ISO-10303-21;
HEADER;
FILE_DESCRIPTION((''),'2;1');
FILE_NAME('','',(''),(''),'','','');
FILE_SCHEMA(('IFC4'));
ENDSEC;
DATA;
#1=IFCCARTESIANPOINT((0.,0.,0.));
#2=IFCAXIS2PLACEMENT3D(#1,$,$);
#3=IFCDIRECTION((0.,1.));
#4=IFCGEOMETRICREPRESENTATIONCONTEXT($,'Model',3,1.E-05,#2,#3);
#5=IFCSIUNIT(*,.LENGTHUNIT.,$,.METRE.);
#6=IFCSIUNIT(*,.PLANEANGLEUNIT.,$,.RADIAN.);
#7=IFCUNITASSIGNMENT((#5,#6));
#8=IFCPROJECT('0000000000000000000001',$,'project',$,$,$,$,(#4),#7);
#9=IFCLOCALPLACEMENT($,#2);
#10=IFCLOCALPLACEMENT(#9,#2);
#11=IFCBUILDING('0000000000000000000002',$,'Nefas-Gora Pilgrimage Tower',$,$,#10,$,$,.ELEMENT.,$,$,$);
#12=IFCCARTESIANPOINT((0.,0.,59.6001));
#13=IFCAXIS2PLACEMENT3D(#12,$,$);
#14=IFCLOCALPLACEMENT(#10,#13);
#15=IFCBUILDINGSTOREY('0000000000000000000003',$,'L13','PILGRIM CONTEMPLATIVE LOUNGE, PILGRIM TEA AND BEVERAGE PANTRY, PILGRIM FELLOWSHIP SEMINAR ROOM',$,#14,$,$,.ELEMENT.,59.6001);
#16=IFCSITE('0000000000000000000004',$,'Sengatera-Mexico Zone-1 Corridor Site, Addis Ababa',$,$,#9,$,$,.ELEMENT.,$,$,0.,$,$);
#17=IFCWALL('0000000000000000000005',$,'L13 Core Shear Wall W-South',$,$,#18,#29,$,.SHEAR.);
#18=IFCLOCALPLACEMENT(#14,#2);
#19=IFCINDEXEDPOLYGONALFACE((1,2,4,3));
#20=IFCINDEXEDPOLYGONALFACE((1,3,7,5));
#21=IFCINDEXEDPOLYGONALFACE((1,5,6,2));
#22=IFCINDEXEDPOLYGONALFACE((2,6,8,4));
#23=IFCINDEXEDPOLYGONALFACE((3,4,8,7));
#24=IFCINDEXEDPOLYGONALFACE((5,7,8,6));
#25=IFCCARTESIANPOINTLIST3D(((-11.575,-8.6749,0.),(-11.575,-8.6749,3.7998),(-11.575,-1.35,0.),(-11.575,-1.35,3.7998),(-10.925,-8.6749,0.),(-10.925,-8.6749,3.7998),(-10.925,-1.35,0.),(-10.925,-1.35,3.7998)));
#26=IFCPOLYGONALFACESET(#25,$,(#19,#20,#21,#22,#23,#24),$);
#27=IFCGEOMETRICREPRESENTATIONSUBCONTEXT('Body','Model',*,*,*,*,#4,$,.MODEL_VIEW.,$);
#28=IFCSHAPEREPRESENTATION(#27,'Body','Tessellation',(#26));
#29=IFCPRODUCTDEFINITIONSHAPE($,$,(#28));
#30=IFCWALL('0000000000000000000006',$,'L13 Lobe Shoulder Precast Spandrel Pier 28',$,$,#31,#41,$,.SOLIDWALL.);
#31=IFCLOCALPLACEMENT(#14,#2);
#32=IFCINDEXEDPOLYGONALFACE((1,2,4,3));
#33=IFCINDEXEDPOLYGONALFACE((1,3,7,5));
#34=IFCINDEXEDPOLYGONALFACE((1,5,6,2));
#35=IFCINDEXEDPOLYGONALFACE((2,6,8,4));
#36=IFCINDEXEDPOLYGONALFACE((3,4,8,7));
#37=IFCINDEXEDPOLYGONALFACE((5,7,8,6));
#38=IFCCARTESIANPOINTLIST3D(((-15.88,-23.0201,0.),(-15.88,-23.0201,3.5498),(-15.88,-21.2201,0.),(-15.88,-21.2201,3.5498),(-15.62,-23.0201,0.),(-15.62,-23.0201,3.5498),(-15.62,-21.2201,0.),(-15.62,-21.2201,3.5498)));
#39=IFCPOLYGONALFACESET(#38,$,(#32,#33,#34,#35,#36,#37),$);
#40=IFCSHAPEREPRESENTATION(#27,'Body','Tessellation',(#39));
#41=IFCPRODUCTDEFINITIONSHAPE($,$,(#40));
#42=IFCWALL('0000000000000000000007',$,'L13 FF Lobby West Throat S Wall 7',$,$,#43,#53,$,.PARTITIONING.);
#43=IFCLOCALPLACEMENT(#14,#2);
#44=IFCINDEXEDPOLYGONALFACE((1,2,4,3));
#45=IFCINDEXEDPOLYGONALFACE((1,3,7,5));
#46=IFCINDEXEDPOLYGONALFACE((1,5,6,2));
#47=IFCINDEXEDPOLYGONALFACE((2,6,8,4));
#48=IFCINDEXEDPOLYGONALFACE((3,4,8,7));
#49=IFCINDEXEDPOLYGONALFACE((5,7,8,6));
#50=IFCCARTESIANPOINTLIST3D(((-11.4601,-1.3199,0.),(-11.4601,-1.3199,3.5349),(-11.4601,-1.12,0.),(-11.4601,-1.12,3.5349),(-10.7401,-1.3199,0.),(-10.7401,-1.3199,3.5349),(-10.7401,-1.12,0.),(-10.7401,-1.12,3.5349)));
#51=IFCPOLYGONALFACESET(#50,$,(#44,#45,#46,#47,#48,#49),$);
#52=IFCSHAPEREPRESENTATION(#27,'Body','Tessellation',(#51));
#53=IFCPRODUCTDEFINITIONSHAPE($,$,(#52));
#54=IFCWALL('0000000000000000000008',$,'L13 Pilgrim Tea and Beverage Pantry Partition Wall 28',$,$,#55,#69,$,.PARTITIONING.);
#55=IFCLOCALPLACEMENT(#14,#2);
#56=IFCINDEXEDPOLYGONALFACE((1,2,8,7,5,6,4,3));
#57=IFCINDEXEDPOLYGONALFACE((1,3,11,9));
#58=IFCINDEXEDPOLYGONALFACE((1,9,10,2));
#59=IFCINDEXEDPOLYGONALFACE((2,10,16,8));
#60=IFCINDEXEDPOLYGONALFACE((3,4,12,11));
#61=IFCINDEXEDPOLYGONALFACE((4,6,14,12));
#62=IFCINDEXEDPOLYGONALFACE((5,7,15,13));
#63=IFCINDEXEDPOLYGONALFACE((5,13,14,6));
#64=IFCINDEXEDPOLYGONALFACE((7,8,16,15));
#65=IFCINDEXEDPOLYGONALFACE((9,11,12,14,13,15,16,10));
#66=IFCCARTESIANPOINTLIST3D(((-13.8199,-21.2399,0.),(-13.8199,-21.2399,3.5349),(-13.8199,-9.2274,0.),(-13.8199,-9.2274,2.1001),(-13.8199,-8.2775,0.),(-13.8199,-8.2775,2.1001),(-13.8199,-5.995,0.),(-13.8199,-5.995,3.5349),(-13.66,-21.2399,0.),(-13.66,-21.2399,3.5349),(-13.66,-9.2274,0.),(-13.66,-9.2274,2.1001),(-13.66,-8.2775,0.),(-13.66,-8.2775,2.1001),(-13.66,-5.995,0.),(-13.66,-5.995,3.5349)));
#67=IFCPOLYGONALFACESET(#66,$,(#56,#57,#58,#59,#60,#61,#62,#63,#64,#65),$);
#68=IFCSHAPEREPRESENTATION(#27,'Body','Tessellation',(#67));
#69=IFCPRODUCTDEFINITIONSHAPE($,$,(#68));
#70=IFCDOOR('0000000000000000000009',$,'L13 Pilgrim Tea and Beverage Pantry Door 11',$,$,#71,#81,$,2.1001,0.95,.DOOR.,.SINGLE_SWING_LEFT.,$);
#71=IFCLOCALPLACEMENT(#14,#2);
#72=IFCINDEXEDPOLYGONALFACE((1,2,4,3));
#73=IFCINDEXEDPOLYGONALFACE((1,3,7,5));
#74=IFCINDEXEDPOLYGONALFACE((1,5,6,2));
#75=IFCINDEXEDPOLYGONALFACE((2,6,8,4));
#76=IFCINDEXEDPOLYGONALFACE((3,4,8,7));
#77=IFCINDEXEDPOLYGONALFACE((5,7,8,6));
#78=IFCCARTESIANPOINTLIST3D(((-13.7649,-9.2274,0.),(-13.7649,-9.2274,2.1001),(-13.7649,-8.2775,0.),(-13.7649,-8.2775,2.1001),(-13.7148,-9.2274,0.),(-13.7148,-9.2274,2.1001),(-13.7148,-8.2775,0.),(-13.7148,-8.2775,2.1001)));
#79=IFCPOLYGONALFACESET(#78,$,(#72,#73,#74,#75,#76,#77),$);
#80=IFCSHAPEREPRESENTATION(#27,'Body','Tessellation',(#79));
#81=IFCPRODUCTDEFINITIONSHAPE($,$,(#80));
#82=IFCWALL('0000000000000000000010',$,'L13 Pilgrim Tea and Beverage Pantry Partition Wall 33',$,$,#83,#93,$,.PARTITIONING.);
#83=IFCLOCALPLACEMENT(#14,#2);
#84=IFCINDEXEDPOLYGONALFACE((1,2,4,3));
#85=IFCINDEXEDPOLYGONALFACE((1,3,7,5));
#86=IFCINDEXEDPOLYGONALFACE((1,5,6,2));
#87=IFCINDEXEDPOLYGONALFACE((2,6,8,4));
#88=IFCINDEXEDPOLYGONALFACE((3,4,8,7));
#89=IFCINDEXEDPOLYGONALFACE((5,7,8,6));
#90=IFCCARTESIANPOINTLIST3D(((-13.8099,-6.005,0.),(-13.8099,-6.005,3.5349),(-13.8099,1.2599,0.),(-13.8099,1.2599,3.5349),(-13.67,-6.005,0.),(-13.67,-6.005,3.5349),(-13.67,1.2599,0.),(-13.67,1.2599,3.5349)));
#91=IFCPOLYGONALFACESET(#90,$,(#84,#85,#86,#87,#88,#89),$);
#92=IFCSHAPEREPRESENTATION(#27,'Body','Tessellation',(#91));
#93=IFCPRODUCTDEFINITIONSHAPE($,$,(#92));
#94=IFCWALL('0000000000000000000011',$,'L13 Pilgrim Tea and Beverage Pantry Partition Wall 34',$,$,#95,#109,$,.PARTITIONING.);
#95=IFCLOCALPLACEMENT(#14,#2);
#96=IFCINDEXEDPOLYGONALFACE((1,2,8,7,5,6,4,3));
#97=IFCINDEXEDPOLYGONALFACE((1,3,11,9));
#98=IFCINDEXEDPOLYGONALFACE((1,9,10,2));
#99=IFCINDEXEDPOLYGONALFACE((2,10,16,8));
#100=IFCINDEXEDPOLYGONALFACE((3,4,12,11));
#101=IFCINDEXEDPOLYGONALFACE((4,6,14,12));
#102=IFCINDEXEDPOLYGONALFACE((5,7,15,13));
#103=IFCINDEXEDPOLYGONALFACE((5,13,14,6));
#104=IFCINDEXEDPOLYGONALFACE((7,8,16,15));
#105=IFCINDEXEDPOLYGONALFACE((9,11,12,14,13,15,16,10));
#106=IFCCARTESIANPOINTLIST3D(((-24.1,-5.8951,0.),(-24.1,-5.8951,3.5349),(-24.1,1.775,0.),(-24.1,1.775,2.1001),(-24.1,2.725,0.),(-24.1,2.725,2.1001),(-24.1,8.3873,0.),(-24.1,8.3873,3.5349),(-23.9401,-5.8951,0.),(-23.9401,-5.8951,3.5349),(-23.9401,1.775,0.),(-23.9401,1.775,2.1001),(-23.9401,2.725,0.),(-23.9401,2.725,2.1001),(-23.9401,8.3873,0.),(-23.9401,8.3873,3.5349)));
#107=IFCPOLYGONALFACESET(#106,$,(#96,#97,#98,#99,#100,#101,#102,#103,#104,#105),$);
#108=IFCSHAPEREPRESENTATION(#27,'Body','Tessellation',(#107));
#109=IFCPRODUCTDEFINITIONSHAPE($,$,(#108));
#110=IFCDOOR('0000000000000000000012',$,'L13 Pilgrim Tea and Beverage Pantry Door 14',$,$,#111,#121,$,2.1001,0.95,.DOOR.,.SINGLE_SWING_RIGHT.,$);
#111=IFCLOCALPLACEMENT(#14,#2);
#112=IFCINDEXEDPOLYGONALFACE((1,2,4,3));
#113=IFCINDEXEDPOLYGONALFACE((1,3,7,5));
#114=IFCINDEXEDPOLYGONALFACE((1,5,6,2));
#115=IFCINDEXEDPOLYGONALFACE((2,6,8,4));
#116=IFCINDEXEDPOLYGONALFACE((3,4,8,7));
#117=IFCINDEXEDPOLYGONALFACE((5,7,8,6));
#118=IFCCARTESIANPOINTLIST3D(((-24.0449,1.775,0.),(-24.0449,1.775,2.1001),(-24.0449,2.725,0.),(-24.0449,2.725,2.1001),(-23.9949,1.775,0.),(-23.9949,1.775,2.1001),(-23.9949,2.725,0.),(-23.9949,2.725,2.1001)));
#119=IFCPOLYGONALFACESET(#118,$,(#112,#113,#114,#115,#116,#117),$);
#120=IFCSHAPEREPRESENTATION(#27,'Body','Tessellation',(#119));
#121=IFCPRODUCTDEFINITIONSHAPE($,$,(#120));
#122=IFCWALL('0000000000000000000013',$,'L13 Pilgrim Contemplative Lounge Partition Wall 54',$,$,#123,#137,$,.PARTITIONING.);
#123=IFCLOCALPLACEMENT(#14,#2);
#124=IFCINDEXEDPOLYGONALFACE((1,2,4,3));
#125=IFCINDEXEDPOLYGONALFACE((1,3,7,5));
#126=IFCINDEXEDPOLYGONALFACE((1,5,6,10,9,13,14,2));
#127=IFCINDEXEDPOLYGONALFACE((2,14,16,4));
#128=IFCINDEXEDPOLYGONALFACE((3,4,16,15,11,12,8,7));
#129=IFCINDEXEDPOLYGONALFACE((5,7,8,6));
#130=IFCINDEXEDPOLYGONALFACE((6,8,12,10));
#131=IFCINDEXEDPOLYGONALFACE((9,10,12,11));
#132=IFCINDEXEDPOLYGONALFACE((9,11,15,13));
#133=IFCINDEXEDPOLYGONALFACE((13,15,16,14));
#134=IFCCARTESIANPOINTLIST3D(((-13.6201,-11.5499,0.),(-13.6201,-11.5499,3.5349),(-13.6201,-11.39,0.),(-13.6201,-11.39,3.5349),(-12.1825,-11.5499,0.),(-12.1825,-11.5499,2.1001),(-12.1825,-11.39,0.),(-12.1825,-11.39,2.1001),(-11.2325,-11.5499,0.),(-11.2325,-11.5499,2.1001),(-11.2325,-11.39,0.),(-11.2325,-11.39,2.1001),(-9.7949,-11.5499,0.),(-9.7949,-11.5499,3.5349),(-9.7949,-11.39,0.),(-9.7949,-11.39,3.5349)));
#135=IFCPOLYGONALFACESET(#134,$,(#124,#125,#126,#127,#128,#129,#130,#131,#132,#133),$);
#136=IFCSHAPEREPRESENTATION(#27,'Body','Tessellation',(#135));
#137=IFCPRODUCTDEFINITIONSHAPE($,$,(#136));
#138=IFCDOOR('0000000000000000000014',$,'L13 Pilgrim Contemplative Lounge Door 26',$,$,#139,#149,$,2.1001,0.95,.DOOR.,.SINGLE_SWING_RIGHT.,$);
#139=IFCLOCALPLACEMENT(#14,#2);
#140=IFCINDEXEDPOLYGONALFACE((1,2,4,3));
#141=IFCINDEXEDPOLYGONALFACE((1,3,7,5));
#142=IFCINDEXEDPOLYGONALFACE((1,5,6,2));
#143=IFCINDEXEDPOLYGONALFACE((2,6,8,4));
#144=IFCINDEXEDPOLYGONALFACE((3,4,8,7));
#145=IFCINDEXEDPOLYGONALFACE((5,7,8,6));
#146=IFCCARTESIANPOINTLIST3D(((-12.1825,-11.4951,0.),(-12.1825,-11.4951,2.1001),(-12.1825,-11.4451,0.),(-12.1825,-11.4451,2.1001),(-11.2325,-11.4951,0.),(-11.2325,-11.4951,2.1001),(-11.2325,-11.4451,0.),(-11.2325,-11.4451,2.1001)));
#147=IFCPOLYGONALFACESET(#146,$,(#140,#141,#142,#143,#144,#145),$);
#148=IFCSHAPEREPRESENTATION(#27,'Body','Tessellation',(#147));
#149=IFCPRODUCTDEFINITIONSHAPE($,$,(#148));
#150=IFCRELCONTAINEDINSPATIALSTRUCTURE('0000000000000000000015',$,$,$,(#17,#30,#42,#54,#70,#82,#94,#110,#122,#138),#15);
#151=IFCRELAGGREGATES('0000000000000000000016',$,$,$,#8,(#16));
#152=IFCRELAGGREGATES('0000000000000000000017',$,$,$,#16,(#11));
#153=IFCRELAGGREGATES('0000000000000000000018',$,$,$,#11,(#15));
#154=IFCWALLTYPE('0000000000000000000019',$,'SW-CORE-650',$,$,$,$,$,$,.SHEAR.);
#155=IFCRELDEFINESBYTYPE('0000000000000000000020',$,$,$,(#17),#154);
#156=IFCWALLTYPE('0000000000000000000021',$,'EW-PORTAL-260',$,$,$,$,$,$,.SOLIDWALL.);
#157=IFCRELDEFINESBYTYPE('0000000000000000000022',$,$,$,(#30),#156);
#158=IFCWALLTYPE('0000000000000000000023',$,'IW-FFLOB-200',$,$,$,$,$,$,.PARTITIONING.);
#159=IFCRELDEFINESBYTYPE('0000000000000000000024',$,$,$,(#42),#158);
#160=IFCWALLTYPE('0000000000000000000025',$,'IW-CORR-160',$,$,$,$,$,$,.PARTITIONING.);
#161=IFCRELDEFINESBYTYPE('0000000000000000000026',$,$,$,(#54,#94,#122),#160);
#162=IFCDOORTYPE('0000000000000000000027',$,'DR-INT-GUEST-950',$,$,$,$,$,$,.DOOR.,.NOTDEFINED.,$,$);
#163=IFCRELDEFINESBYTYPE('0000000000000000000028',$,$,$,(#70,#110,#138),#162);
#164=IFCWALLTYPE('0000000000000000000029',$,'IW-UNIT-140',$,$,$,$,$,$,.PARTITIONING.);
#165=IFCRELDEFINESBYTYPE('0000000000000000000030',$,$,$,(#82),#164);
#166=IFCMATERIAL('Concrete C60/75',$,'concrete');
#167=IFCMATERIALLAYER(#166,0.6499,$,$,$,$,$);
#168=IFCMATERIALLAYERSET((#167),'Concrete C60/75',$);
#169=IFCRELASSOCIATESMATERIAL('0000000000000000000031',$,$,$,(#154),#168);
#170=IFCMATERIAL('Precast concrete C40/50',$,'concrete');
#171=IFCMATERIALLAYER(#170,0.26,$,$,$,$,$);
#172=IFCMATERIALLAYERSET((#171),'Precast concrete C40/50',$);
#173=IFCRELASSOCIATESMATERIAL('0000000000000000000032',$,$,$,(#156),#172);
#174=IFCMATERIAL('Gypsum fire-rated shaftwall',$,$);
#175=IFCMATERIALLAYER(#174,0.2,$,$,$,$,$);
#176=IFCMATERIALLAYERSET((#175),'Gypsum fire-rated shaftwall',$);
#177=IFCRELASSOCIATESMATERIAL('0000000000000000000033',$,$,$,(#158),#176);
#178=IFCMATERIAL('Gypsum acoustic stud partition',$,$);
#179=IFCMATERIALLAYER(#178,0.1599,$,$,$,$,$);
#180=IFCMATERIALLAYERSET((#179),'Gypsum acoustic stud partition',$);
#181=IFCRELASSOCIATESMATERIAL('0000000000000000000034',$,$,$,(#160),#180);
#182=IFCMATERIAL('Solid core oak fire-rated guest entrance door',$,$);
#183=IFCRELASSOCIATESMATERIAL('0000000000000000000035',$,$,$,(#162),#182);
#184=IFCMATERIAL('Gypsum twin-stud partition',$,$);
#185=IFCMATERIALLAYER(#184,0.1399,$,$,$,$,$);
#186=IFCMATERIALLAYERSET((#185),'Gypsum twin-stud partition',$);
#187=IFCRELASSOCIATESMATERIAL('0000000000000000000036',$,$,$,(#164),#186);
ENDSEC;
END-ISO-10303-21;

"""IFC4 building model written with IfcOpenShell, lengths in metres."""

from ifc_helpers import new_model, si_unit, direction, frame, frame_2d, origin, place, context, subcontext, project, spatial, rectangle, extrude, source, transform, mapped, material, layer, layer_set, type_object, element, fill, save


model = new_model("IFC4")

# Units and contexts
model_context = context("Model", 3, precision=1e-05, world=origin(), true_north=direction((0.0, 1.0)))
body_context = subcontext(model_context, "Body", "Model", "MODEL_VIEW")
ifc_project = project(units=[si_unit("LENGTHUNIT", "METRE"), si_unit("PLANEANGLEUNIT", "RADIAN")], contexts=[model_context])

# Site, building, storey
site_placement = place(None, origin())
site = spatial("IfcSite", under=ifc_project, at=site_placement, Name="Sengatera-Mexico Zone-1 Corridor Site, Addis Ababa", CompositionType="ELEMENT", RefElevation=0.0)
building_placement = place(site_placement, origin())
building = spatial("IfcBuilding", under=site, at=building_placement, Name="Nefas-Gora Pilgrimage Tower", CompositionType="ELEMENT")
storey_placement = place(building_placement, frame((0.0, 0.0, 59.6001)))
storey = spatial("IfcBuildingStorey", under=building, at=storey_placement, Name="L13", Description="PILGRIM CONTEMPLATIVE LOUNGE, PILGRIM TEA AND BEVERAGE PANTRY, PILGRIM FELLOWSHIP SEMINAR ROOM", CompositionType="ELEMENT", Elevation=59.6001)

# Shared definitions
ifc_material_1 = material(Name="Concrete C60/75", Category="concrete")

# Walls
ifc_layer_1 = layer(ifc_material_1, 0.6499)
ifc_layer_set_1 = layer_set([ifc_layer_1], Name="Concrete C60/75")
wall_type_1 = type_object("IfcWallType", Name="SW-CORE-650", PredefinedType="SHEAR", material=ifc_layer_set_1)
shared_shape_1 = source(origin(), body_context, "Body", "SweptSolid", [
    extrude(rectangle(XDim=7.325, YDim=0.6499, at=frame_2d((3.6626, 0.0))), origin(), (0.0, 0.0, 1.0), 3.7998),
])
wall_1_placement = place(storey_placement, frame((-11.25, -8.675, 0.0), z_axis=(0.0, 0.0, 1.0), x_axis=(0.0, 1.0, 0.0)))
element("IfcWall", 1, at=wall_1_placement, inside=storey, type_object=wall_type_1, Name="L13 Core Shear Wall W-South", PredefinedType="SHEAR", context=body_context, shape_type="MappedRepresentation", body=[
    mapped(shared_shape_1, transform((0.0, 0.0, 0.0), x_axis=(1.0, 0.0, 0.0), y_axis=(0.0, 1.0, 0.0), z_axis=(0.0, 0.0, 1.0), scale=1.0)),
])
ifc_material_2 = material(Name="Precast concrete C40/50", Category="concrete")
ifc_layer_2 = layer(ifc_material_2, 0.26)
ifc_layer_set_2 = layer_set([ifc_layer_2], Name="Precast concrete C40/50")
wall_type_2 = type_object("IfcWallType", Name="EW-PORTAL-260", PredefinedType="SOLIDWALL", material=ifc_layer_set_2)
shared_shape_2 = source(origin(), body_context, "Body", "SweptSolid", [
    extrude(rectangle(XDim=1.8, YDim=0.26, at=frame_2d((0.8999, 0.0))), origin(), (0.0, 0.0, 1.0), 3.5498),
])
wall_2_placement = place(storey_placement, frame((-15.75, -23.02, 0.0), z_axis=(0.0, 0.0, 1.0), x_axis=(0.0, 1.0, 0.0)))
element("IfcWall", 2, at=wall_2_placement, inside=storey, type_object=wall_type_2, Name="L13 Lobe Shoulder Precast Spandrel Pier 28", PredefinedType="SOLIDWALL", context=body_context, shape_type="MappedRepresentation", body=[
    mapped(shared_shape_2, transform((0.0, 0.0, 0.0), x_axis=(1.0, 0.0, 0.0), y_axis=(0.0, 1.0, 0.0), z_axis=(0.0, 0.0, 1.0), scale=1.0)),
])
ifc_material_3 = material(Name="Gypsum fire-rated shaftwall")
ifc_layer_3 = layer(ifc_material_3, 0.2)
ifc_layer_set_3 = layer_set([ifc_layer_3], Name="Gypsum fire-rated shaftwall")
wall_type_3 = type_object("IfcWallType", Name="IW-FFLOB-200", PredefinedType="PARTITIONING", material=ifc_layer_set_3)
shared_shape_3 = source(origin(), body_context, "Body", "SweptSolid", [
    extrude(rectangle(XDim=0.72, YDim=0.2, at=frame_2d((0.3599, 0.0))), origin(), (0.0, 0.0, 1.0), 3.5349),
])
wall_3_placement = place(storey_placement, frame((-11.46, -1.22, 0.0), z_axis=(0.0, 0.0, 1.0), x_axis=(1.0, 0.0, 0.0)))
element("IfcWall", 3, at=wall_3_placement, inside=storey, type_object=wall_type_3, Name="L13 FF Lobby West Throat S Wall 7", PredefinedType="PARTITIONING", context=body_context, shape_type="MappedRepresentation", body=[
    mapped(shared_shape_3, transform((0.0, 0.0, 0.0), x_axis=(1.0, 0.0, 0.0), y_axis=(0.0, 1.0, 0.0), z_axis=(0.0, 0.0, 1.0), scale=1.0)),
])

# Wall, opening, door
ifc_material_4 = material(Name="Gypsum acoustic stud partition")
ifc_layer_4 = layer(ifc_material_4, 0.1599)
ifc_layer_set_4 = layer_set([ifc_layer_4], Name="Gypsum acoustic stud partition")
wall_type_4 = type_object("IfcWallType", Name="IW-CORR-160", PredefinedType="PARTITIONING", material=ifc_layer_set_4)
shared_shape_4 = source(origin(), body_context, "Body", "SweptSolid", [
    extrude(rectangle(XDim=15.2449, YDim=0.1599, at=frame_2d((7.6226, 0.0))), origin(), (0.0, 0.0, 1.0), 3.5349),
])
wall_4_placement = place(storey_placement, frame((-13.74, -21.24, 0.0), z_axis=(0.0, 0.0, 1.0), x_axis=(0.0, 1.0, 0.0)))
wall_4 = element("IfcWall", 4, at=wall_4_placement, inside=storey, type_object=wall_type_4, Name="L13 Pilgrim Tea and Beverage Pantry Partition Wall 28", PredefinedType="PARTITIONING", context=body_context, shape_type="MappedRepresentation", body=[
    mapped(shared_shape_4, transform((0.0, 0.0, 0.0), x_axis=(1.0, 0.0, 0.0), y_axis=(0.0, 1.0, 0.0), z_axis=(0.0, 0.0, 1.0), scale=1.0)),
])
opening_1_placement = place(wall_4_placement, frame((12.0125, 0.0, 0.0)))
opening_1 = element("IfcOpeningElement", 5, at=opening_1_placement, cuts=wall_4, PredefinedType="OPENING", context=body_context, shape_type="SweptSolid", body=[
    extrude(rectangle(XDim=0.95, YDim=2.1001, at=frame_2d((0.4751, 1.05))), frame((0.0, 0.0898, 0.0), z_axis=(0.0, -1.0, 0.0), x_axis=(1.0, 0.0, 0.0)), (0.0, 0.0, 1.0), 0.1799),
])
ifc_material_5 = material(Name="Solid core oak fire-rated guest entrance door")
door_type_1 = type_object("IfcDoorType", Name="DR-INT-GUEST-950", OperationType="NOTDEFINED", PredefinedType="DOOR", material=ifc_material_5)
shared_shape_5 = source(origin(), body_context, "Body", "SweptSolid", [
    extrude(rectangle(XDim=0.95, YDim=2.1001, at=frame_2d((0.4751, 1.05))), frame((0.0, 0.0249, 0.0), z_axis=(0.0, -1.0, 0.0), x_axis=(1.0, 0.0, 0.0)), (0.0, 0.0, 1.0), 0.05),
])
door_1_placement = place(opening_1_placement, origin())
door_1 = element("IfcDoor", 6, at=door_1_placement, inside=storey, type_object=door_type_1, Name="L13 Pilgrim Tea and Beverage Pantry Door 11", OperationType="SINGLE_SWING_LEFT", OverallHeight=2.1001, OverallWidth=0.95, PredefinedType="DOOR", context=body_context, shape_type="MappedRepresentation", body=[
    mapped(shared_shape_5, transform((0.0, 0.0, 0.0), x_axis=(1.0, 0.0, 0.0), y_axis=(0.0, 1.0, 0.0), z_axis=(0.0, 0.0, 1.0), scale=1.0)),
])
fill(opening_1, door_1)

# Wall
ifc_material_6 = material(Name="Gypsum twin-stud partition")
ifc_layer_5 = layer(ifc_material_6, 0.1399)
ifc_layer_set_5 = layer_set([ifc_layer_5], Name="Gypsum twin-stud partition")
wall_type_5 = type_object("IfcWallType", Name="IW-UNIT-140", PredefinedType="PARTITIONING", material=ifc_layer_set_5)
shared_shape_6 = source(origin(), body_context, "Body", "SweptSolid", [
    extrude(rectangle(XDim=7.2649, YDim=0.1399, at=frame_2d((3.6323, 0.0))), origin(), (0.0, 0.0, 1.0), 3.5349),
])
wall_5_placement = place(storey_placement, frame((-13.74, -6.0049, 0.0), z_axis=(0.0, 0.0, 1.0), x_axis=(0.0, 1.0, 0.0)))
element("IfcWall", 7, at=wall_5_placement, inside=storey, type_object=wall_type_5, Name="L13 Pilgrim Tea and Beverage Pantry Partition Wall 33", PredefinedType="PARTITIONING", context=body_context, shape_type="MappedRepresentation", body=[
    mapped(shared_shape_6, transform((0.0, 0.0, 0.0), x_axis=(1.0, 0.0, 0.0), y_axis=(0.0, 1.0, 0.0), z_axis=(0.0, 0.0, 1.0), scale=1.0)),
])

# Walls, openings, doors
shared_shape_7 = source(origin(), body_context, "Body", "SweptSolid", [
    extrude(rectangle(XDim=14.2825, YDim=0.1599, at=frame_2d((7.1411, 0.0))), origin(), (0.0, 0.0, 1.0), 3.5349),
])
wall_6_placement = place(storey_placement, frame((-24.02, -5.895, 0.0), z_axis=(0.0, 0.0, 1.0), x_axis=(0.0, 1.0, 0.0)))
wall_6 = element("IfcWall", 8, at=wall_6_placement, inside=storey, type_object=wall_type_4, Name="L13 Pilgrim Tea and Beverage Pantry Partition Wall 34", PredefinedType="PARTITIONING", context=body_context, shape_type="MappedRepresentation", body=[
    mapped(shared_shape_7, transform((0.0, 0.0, 0.0), x_axis=(1.0, 0.0, 0.0), y_axis=(0.0, 1.0, 0.0), z_axis=(0.0, 0.0, 1.0), scale=1.0)),
])
opening_2_placement = place(wall_6_placement, frame((7.6699, 0.0, 0.0)))
opening_2 = element("IfcOpeningElement", 9, at=opening_2_placement, cuts=wall_6, PredefinedType="OPENING", context=body_context, shape_type="SweptSolid", body=[
    extrude(rectangle(XDim=0.95, YDim=2.1001, at=frame_2d((0.4751, 1.05))), frame((0.0, 0.0898, 0.0), z_axis=(0.0, -1.0, 0.0), x_axis=(1.0, 0.0, 0.0)), (0.0, 0.0, 1.0), 0.1799),
])
door_2_placement = place(opening_2_placement, origin())
door_2 = element("IfcDoor", 10, at=door_2_placement, inside=storey, type_object=door_type_1, Name="L13 Pilgrim Tea and Beverage Pantry Door 14", OperationType="SINGLE_SWING_RIGHT", OverallHeight=2.1001, OverallWidth=0.95, PredefinedType="DOOR", context=body_context, shape_type="MappedRepresentation", body=[
    mapped(shared_shape_5, transform((0.0, 0.0, 0.0), x_axis=(1.0, 0.0, 0.0), y_axis=(0.0, 1.0, 0.0), z_axis=(0.0, 0.0, 1.0), scale=1.0)),
])
fill(opening_2, door_2)
shared_shape_8 = source(origin(), body_context, "Body", "SweptSolid", [
    extrude(rectangle(XDim=3.8252, YDim=0.1599, at=frame_2d((1.9126, 0.0))), origin(), (0.0, 0.0, 1.0), 3.5349),
])
wall_7_placement = place(storey_placement, frame((-13.6201, -11.47, 0.0), z_axis=(0.0, 0.0, 1.0), x_axis=(1.0, 0.0, 0.0)))
wall_7 = element("IfcWall", 11, at=wall_7_placement, inside=storey, type_object=wall_type_4, Name="L13 Pilgrim Contemplative Lounge Partition Wall 54", PredefinedType="PARTITIONING", context=body_context, shape_type="MappedRepresentation", body=[
    mapped(shared_shape_8, transform((0.0, 0.0, 0.0), x_axis=(1.0, 0.0, 0.0), y_axis=(0.0, 1.0, 0.0), z_axis=(0.0, 0.0, 1.0), scale=1.0)),
])
opening_3_placement = place(wall_7_placement, frame((1.4375, 0.0, 0.0)))
opening_3 = element("IfcOpeningElement", 12, at=opening_3_placement, cuts=wall_7, PredefinedType="OPENING", context=body_context, shape_type="SweptSolid", body=[
    extrude(rectangle(XDim=0.95, YDim=2.1001, at=frame_2d((0.4751, 1.05))), frame((0.0, 0.0898, 0.0), z_axis=(0.0, -1.0, 0.0), x_axis=(1.0, 0.0, 0.0)), (0.0, 0.0, 1.0), 0.1799),
])
door_3_placement = place(opening_3_placement, origin())
door_3 = element("IfcDoor", 13, at=door_3_placement, inside=storey, type_object=door_type_1, Name="L13 Pilgrim Contemplative Lounge Door 26", OperationType="SINGLE_SWING_RIGHT", OverallHeight=2.1001, OverallWidth=0.95, PredefinedType="DOOR", context=body_context, shape_type="MappedRepresentation", body=[
    mapped(shared_shape_5, transform((0.0, 0.0, 0.0), x_axis=(1.0, 0.0, 0.0), y_axis=(0.0, 1.0, 0.0), z_axis=(0.0, 0.0, 1.0), scale=1.0)),
])
fill(opening_3, door_3)

save(model, "model.ifc")
